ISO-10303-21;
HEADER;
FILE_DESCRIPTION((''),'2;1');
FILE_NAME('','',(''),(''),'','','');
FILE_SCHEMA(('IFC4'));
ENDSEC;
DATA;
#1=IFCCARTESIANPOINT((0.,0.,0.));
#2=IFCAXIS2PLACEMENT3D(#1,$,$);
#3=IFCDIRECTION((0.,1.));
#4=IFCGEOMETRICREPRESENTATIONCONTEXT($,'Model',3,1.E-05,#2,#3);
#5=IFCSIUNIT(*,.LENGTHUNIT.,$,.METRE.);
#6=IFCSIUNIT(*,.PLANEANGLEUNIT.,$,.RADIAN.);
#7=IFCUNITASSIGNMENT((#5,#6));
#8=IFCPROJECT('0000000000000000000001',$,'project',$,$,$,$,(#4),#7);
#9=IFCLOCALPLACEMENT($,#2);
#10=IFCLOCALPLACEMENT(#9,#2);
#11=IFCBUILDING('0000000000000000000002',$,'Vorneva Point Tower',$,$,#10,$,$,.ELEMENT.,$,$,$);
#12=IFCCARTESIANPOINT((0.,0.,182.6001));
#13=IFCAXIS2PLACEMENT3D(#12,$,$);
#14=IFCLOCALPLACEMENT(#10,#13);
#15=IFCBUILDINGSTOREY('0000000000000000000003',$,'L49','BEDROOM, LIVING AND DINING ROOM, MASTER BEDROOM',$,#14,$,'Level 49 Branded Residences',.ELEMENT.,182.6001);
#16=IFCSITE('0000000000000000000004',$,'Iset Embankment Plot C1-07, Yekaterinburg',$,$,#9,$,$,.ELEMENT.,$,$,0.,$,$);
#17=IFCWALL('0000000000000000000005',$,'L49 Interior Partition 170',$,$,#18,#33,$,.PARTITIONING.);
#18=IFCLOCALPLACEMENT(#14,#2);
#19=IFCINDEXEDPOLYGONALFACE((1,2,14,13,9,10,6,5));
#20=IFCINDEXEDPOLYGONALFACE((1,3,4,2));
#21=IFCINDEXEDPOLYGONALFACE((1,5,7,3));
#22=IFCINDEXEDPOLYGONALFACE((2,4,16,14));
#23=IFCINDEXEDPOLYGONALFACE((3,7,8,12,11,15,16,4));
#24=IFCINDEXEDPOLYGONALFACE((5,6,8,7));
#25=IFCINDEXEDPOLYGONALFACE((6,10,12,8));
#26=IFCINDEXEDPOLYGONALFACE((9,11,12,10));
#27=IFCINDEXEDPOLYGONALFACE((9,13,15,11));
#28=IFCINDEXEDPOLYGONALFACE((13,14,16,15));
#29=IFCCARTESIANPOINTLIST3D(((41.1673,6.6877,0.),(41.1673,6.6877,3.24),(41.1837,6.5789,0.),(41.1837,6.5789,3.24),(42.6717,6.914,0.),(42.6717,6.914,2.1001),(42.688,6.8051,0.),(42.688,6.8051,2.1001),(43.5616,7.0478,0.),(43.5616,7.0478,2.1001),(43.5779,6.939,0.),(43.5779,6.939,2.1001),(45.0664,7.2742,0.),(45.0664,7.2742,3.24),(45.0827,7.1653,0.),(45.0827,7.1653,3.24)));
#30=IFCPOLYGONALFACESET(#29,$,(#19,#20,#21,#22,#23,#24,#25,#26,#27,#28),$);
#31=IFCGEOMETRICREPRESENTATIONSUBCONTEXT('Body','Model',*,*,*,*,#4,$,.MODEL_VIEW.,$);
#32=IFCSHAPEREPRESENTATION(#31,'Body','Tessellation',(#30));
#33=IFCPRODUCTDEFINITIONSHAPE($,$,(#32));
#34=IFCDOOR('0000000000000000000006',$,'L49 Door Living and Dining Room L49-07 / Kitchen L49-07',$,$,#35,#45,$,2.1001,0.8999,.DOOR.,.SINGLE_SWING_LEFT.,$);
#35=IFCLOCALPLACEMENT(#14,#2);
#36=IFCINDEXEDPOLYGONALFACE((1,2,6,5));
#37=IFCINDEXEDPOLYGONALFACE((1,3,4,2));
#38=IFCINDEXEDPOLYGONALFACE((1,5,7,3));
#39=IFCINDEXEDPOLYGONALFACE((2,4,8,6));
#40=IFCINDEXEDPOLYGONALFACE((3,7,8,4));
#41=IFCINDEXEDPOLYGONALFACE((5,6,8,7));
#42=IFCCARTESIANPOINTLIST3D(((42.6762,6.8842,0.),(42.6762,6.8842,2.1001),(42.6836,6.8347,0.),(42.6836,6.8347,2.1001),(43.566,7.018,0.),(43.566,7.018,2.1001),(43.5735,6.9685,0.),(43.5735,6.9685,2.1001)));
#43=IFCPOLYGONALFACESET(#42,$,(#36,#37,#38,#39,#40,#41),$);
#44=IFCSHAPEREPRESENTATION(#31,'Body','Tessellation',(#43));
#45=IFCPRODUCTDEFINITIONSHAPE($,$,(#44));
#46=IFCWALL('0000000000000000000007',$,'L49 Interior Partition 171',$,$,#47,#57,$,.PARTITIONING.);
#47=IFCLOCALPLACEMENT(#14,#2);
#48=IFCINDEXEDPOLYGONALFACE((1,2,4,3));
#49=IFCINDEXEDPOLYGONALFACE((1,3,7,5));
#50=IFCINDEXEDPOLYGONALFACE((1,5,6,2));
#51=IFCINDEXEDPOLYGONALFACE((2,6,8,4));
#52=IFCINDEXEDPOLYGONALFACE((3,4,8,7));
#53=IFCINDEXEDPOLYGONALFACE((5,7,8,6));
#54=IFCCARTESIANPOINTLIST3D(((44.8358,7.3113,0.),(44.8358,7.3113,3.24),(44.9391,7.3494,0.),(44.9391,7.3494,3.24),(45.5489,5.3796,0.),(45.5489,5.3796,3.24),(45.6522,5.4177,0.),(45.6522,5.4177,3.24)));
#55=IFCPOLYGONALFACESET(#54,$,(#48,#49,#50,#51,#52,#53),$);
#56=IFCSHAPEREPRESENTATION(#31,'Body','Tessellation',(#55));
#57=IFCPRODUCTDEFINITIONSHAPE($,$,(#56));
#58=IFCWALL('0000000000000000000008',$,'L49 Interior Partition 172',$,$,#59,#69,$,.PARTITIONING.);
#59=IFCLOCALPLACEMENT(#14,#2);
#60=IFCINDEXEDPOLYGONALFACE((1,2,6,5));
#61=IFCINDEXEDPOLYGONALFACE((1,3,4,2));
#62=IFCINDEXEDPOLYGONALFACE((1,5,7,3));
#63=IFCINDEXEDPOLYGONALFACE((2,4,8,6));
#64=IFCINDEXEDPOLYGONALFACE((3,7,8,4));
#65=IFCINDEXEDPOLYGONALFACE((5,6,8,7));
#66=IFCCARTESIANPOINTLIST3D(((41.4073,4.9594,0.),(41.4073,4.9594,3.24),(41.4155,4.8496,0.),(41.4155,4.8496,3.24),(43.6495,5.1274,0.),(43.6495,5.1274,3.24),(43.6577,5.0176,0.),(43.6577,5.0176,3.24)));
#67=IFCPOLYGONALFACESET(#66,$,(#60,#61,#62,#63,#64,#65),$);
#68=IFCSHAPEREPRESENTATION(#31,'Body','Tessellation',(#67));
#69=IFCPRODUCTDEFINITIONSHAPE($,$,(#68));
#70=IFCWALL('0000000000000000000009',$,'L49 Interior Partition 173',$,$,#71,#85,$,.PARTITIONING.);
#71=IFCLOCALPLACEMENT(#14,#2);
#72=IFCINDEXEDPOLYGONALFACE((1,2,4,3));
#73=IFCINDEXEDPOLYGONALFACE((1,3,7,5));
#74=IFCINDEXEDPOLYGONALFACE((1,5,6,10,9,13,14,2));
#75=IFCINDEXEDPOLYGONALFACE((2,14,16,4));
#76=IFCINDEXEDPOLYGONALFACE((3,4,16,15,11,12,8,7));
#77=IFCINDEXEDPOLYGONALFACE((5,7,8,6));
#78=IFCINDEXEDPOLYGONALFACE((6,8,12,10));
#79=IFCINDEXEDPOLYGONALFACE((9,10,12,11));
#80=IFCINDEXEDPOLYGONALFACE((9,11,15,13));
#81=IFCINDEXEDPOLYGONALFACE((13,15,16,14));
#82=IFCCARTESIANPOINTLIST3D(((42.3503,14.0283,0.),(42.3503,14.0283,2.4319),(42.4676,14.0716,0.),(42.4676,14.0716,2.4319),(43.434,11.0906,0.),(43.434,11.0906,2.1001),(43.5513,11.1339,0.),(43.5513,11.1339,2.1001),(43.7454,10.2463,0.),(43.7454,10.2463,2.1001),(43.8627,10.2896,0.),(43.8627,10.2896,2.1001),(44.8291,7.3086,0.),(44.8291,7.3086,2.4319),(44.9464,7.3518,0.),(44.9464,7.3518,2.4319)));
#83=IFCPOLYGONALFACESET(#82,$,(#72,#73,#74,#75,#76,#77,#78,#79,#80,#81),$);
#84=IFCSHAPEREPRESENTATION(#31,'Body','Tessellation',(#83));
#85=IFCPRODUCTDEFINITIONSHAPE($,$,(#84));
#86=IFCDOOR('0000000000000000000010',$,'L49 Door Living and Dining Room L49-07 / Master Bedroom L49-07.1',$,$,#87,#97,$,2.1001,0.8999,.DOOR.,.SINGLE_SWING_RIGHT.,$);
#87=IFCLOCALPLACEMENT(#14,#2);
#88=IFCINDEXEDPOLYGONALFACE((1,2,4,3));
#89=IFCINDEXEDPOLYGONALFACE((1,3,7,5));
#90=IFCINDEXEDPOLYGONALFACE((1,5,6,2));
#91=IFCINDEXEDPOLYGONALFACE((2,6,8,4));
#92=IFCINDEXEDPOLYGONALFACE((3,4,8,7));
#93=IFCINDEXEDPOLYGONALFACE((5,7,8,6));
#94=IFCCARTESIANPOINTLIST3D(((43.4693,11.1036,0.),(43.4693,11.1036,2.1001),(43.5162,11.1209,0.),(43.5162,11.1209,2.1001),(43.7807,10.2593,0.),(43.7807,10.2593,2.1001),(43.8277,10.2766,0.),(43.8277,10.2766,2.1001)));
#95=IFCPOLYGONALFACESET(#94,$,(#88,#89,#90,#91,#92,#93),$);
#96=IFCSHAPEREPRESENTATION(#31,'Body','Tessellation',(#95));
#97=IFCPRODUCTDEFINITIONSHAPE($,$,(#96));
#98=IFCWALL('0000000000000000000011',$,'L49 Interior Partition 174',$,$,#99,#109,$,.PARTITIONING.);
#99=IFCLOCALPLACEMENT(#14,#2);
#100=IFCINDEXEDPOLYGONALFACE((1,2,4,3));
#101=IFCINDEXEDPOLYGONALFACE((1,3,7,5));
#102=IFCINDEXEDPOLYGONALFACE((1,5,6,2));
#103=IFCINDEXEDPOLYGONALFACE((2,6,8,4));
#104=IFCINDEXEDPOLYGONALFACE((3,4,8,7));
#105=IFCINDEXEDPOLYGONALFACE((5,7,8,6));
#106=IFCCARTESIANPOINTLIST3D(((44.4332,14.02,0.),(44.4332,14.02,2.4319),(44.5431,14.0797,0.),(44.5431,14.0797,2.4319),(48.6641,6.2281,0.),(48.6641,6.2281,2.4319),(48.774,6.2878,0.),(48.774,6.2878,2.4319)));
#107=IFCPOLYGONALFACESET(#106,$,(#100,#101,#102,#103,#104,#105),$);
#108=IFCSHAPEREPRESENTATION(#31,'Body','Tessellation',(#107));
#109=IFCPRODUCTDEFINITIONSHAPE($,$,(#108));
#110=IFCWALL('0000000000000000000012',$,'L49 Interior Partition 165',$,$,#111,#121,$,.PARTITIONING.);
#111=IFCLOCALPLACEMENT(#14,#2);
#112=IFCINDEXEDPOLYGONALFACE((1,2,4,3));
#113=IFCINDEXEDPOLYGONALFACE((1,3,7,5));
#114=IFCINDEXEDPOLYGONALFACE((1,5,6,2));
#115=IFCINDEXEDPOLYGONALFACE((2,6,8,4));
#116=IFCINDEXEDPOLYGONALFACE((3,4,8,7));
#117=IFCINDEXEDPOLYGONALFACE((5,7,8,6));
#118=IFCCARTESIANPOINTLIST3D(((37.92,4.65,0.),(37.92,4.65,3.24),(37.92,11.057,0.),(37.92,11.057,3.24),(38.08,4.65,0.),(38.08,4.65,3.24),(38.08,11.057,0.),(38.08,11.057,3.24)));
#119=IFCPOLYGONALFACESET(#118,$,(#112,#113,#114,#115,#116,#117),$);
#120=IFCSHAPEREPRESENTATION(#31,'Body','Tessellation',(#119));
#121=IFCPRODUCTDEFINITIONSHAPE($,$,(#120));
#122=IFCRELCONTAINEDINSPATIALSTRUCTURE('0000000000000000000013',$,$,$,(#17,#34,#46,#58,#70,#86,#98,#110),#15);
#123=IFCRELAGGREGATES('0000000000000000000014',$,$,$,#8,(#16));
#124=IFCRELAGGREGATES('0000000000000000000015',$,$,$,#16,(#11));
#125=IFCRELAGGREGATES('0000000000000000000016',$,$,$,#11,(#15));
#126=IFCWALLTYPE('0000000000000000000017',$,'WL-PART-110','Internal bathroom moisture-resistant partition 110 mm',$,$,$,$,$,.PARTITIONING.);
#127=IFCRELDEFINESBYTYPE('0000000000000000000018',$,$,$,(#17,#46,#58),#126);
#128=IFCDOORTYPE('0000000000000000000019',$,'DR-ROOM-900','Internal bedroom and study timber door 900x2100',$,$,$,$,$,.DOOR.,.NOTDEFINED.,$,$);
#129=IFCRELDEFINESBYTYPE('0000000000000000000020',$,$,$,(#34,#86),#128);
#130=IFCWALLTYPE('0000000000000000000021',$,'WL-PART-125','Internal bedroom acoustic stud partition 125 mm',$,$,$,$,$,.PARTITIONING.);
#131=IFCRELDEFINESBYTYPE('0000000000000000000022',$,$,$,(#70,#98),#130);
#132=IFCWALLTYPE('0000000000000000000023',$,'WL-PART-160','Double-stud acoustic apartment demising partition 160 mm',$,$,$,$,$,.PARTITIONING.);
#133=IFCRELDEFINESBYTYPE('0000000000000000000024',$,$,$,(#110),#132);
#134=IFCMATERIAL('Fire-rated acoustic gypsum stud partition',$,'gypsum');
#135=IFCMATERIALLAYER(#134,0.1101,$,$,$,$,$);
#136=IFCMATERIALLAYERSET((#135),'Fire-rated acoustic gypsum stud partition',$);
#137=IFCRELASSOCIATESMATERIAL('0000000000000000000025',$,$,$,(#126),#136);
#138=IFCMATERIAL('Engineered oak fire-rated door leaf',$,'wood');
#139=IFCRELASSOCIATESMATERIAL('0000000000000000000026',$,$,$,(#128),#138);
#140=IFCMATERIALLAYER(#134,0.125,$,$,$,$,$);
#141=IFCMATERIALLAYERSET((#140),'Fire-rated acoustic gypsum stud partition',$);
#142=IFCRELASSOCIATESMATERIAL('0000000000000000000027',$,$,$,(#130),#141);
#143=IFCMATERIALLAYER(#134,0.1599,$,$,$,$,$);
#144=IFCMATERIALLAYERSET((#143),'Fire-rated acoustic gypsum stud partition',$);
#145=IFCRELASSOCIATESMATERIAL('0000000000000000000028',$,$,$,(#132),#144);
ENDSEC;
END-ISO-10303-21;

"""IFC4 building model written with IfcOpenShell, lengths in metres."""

from ifc_helpers import new_model, si_unit, direction, frame, frame_2d, origin, place, context, subcontext, project, spatial, rectangle, extrude, material, layer, layer_set, type_object, element, fill, save


model = new_model("IFC4")

# Units and contexts
model_context = context("Model", 3, precision=1e-05, world=origin(), true_north=direction((0.0, 1.0)))
body_context = subcontext(model_context, "Body", "Model", "MODEL_VIEW")
ifc_project = project(units=[si_unit("LENGTHUNIT", "METRE"), si_unit("PLANEANGLEUNIT", "RADIAN")], contexts=[model_context])

# Site, building, storey
site_placement = place(None, origin())
site = spatial("IfcSite", under=ifc_project, at=site_placement, Name="Iset Embankment Plot C1-07, Yekaterinburg", CompositionType="ELEMENT", RefElevation=0.0)
building_placement = place(site_placement, origin())
building = spatial("IfcBuilding", under=site, at=building_placement, Name="Vorneva Point Tower", CompositionType="ELEMENT")
storey_placement = place(building_placement, frame((0.0, 0.0, 182.6001)))
storey = spatial("IfcBuildingStorey", under=building, at=storey_placement, Name="L49", Description="BEDROOM, LIVING AND DINING ROOM, MASTER BEDROOM", LongName="Level 49 Branded Residences", CompositionType="ELEMENT", Elevation=182.6001)

# Shared definitions
ifc_material_1 = material(Name="Fire-rated acoustic gypsum stud partition", Category="gypsum")
ifc_layer_1 = layer(ifc_material_1, 0.1101)
ifc_layer_set_1 = layer_set([ifc_layer_1], Name="Fire-rated acoustic gypsum stud partition")
wall_type_1 = type_object("IfcWallType", Name="WL-PART-110", Description="Internal bathroom moisture-resistant partition 110 mm", PredefinedType="PARTITIONING", material=ifc_layer_set_1)

# Wall, opening, door
wall_1_placement = place(storey_placement, frame((41.1755, 6.6333, 0.0), z_axis=(0.0, 0.0, 1.0), x_axis=(0.988877, 0.148734, 0.0)))
wall_1 = element("IfcWall", 1, at=wall_1_placement, inside=storey, type_object=wall_type_1, Name="L49 Interior Partition 170", PredefinedType="PARTITIONING", context=body_context, shape_type="SweptSolid", body=[
    extrude(rectangle(XDim=3.9429, YDim=0.1101, at=frame_2d((1.9714, 0.0))), origin(), (0.0, 0.0, 1.0), 3.24),
])
opening_1_placement = place(wall_1_placement, frame((1.5212, 0.0, 0.0)))
opening_1 = element("IfcOpeningElement", 2, at=opening_1_placement, cuts=wall_1, PredefinedType="OPENING", context=body_context, shape_type="SweptSolid", body=[
    extrude(rectangle(XDim=0.8999, YDim=2.1001, at=frame_2d((0.45, 1.05))), frame((0.0, 0.0698, 0.0), z_axis=(0.0, -1.0, 0.0), x_axis=(1.0, 0.0, 0.0)), (0.0, 0.0, 1.0), 0.1399),
])
ifc_material_2 = material(Name="Engineered oak fire-rated door leaf", Category="wood")
door_type = type_object("IfcDoorType", Name="DR-ROOM-900", Description="Internal bedroom and study timber door 900x2100", OperationType="NOTDEFINED", PredefinedType="DOOR", material=ifc_material_2)
door_1_placement = place(opening_1_placement, origin())
door_1 = element("IfcDoor", 3, at=door_1_placement, inside=storey, type_object=door_type, Name="L49 Door Living and Dining Room L49-07 / Kitchen L49-07", OperationType="SINGLE_SWING_LEFT", OverallHeight=2.1001, OverallWidth=0.8999, PredefinedType="DOOR", context=body_context, shape_type="SweptSolid", body=[
    extrude(rectangle(XDim=0.8999, YDim=2.1001, at=frame_2d((0.45, 1.05))), frame((0.0, 0.0249, 0.0), z_axis=(0.0, -1.0, 0.0), x_axis=(1.0, 0.0, 0.0)), (0.0, 0.0, 1.0), 0.05),
])
fill(opening_1, door_1)

# Walls
wall_2_placement = place(storey_placement, frame((44.8875, 7.3303, 0.0), z_axis=(0.0, 0.0, 1.0), x_axis=(0.346337, -0.93811, 0.0)))
element("IfcWall", 4, at=wall_2_placement, inside=storey, type_object=wall_type_1, Name="L49 Interior Partition 171", PredefinedType="PARTITIONING", context=body_context, shape_type="SweptSolid", body=[
    extrude(rectangle(XDim=2.0591, YDim=0.1101, at=frame_2d((1.0295, 0.0))), origin(), (0.0, 0.0, 1.0), 3.24),
])
wall_3_placement = place(storey_placement, frame((41.4114, 4.9045, 0.0), z_axis=(0.0, 0.0, 1.0), x_axis=(0.997206, 0.074704, 0.0)))
element("IfcWall", 5, at=wall_3_placement, inside=storey, type_object=wall_type_1, Name="L49 Interior Partition 172", PredefinedType="PARTITIONING", context=body_context, shape_type="SweptSolid", body=[
    extrude(rectangle(XDim=2.2485, YDim=0.1101, at=frame_2d((1.1243, 0.0))), origin(), (0.0, 0.0, 1.0), 3.24),
])

# Wall, opening, door
ifc_layer_2 = layer(ifc_material_1, 0.125)
ifc_layer_set_2 = layer_set([ifc_layer_2], Name="Fire-rated acoustic gypsum stud partition")
wall_type_2 = type_object("IfcWallType", Name="WL-PART-125", Description="Internal bedroom acoustic stud partition 125 mm", PredefinedType="PARTITIONING", material=ifc_layer_set_2)
wall_4_placement = place(storey_placement, frame((44.8877, 7.3303, 0.0), z_axis=(0.0, 0.0, 1.0), x_axis=(-0.346083, 0.938204, 0.0)))
wall_4 = element("IfcWall", 6, at=wall_4_placement, inside=storey, type_object=wall_type_2, Name="L49 Interior Partition 173", PredefinedType="PARTITIONING", context=body_context, shape_type="SweptSolid", body=[
    extrude(rectangle(XDim=7.1624, YDim=0.125, at=frame_2d((3.5811, 0.0))), origin(), (0.0, 0.0, 1.0), 2.4319),
])
opening_2_placement = place(wall_4_placement, frame((3.1311, 0.0, 0.0)))
opening_2 = element("IfcOpeningElement", 7, at=opening_2_placement, cuts=wall_4, PredefinedType="OPENING", context=body_context, shape_type="SweptSolid", body=[
    extrude(rectangle(XDim=0.8999, YDim=2.1001, at=frame_2d((0.45, 1.05))), frame((0.0, 0.0774, 0.0), z_axis=(0.0, -1.0, 0.0), x_axis=(1.0, 0.0, 0.0)), (0.0, 0.0, 1.0), 0.1548),
])
door_2_placement = place(opening_2_placement, origin())
door_2 = element("IfcDoor", 8, at=door_2_placement, inside=storey, type_object=door_type, Name="L49 Door Living and Dining Room L49-07 / Master Bedroom L49-07.1", OperationType="SINGLE_SWING_RIGHT", OverallHeight=2.1001, OverallWidth=0.8999, PredefinedType="DOOR", context=body_context, shape_type="SweptSolid", body=[
    extrude(rectangle(XDim=0.8999, YDim=2.1001, at=frame_2d((0.45, 1.05))), frame((0.0, 0.0249, 0.0), z_axis=(0.0, -1.0, 0.0), x_axis=(1.0, 0.0, 0.0)), (0.0, 0.0, 1.0), 0.05),
])
fill(opening_2, door_2)

# Walls
wall_5_placement = place(storey_placement, frame((48.719, 6.2581, 0.0), z_axis=(0.0, 0.0, 1.0), x_axis=(-0.477181, 0.878805, 0.0)))
element("IfcWall", 9, at=wall_5_placement, inside=storey, type_object=wall_type_2, Name="L49 Interior Partition 174", PredefinedType="PARTITIONING", context=body_context, shape_type="SweptSolid", body=[
    extrude(rectangle(XDim=8.8665, YDim=0.125, at=frame_2d((4.4331, 0.0))), origin(), (0.0, 0.0, 1.0), 2.4319),
])
ifc_layer_3 = layer(ifc_material_1, 0.1599)
ifc_layer_set_3 = layer_set([ifc_layer_3], Name="Fire-rated acoustic gypsum stud partition")
wall_type_3 = type_object("IfcWallType", Name="WL-PART-160", Description="Double-stud acoustic apartment demising partition 160 mm", PredefinedType="PARTITIONING", material=ifc_layer_set_3)
wall_6_placement = place(storey_placement, frame((38.0, 4.6499, 0.0), z_axis=(0.0, 0.0, 1.0), x_axis=(0.0, 1.0, 0.0)))
element("IfcWall", 10, at=wall_6_placement, inside=storey, type_object=wall_type_3, Name="L49 Interior Partition 165", PredefinedType="PARTITIONING", context=body_context, shape_type="SweptSolid", body=[
    extrude(rectangle(XDim=6.407, YDim=0.1599, at=frame_2d((3.2036, 0.0))), origin(), (0.0, 0.0, 1.0), 3.24),
])

save(model, "model.ifc")
